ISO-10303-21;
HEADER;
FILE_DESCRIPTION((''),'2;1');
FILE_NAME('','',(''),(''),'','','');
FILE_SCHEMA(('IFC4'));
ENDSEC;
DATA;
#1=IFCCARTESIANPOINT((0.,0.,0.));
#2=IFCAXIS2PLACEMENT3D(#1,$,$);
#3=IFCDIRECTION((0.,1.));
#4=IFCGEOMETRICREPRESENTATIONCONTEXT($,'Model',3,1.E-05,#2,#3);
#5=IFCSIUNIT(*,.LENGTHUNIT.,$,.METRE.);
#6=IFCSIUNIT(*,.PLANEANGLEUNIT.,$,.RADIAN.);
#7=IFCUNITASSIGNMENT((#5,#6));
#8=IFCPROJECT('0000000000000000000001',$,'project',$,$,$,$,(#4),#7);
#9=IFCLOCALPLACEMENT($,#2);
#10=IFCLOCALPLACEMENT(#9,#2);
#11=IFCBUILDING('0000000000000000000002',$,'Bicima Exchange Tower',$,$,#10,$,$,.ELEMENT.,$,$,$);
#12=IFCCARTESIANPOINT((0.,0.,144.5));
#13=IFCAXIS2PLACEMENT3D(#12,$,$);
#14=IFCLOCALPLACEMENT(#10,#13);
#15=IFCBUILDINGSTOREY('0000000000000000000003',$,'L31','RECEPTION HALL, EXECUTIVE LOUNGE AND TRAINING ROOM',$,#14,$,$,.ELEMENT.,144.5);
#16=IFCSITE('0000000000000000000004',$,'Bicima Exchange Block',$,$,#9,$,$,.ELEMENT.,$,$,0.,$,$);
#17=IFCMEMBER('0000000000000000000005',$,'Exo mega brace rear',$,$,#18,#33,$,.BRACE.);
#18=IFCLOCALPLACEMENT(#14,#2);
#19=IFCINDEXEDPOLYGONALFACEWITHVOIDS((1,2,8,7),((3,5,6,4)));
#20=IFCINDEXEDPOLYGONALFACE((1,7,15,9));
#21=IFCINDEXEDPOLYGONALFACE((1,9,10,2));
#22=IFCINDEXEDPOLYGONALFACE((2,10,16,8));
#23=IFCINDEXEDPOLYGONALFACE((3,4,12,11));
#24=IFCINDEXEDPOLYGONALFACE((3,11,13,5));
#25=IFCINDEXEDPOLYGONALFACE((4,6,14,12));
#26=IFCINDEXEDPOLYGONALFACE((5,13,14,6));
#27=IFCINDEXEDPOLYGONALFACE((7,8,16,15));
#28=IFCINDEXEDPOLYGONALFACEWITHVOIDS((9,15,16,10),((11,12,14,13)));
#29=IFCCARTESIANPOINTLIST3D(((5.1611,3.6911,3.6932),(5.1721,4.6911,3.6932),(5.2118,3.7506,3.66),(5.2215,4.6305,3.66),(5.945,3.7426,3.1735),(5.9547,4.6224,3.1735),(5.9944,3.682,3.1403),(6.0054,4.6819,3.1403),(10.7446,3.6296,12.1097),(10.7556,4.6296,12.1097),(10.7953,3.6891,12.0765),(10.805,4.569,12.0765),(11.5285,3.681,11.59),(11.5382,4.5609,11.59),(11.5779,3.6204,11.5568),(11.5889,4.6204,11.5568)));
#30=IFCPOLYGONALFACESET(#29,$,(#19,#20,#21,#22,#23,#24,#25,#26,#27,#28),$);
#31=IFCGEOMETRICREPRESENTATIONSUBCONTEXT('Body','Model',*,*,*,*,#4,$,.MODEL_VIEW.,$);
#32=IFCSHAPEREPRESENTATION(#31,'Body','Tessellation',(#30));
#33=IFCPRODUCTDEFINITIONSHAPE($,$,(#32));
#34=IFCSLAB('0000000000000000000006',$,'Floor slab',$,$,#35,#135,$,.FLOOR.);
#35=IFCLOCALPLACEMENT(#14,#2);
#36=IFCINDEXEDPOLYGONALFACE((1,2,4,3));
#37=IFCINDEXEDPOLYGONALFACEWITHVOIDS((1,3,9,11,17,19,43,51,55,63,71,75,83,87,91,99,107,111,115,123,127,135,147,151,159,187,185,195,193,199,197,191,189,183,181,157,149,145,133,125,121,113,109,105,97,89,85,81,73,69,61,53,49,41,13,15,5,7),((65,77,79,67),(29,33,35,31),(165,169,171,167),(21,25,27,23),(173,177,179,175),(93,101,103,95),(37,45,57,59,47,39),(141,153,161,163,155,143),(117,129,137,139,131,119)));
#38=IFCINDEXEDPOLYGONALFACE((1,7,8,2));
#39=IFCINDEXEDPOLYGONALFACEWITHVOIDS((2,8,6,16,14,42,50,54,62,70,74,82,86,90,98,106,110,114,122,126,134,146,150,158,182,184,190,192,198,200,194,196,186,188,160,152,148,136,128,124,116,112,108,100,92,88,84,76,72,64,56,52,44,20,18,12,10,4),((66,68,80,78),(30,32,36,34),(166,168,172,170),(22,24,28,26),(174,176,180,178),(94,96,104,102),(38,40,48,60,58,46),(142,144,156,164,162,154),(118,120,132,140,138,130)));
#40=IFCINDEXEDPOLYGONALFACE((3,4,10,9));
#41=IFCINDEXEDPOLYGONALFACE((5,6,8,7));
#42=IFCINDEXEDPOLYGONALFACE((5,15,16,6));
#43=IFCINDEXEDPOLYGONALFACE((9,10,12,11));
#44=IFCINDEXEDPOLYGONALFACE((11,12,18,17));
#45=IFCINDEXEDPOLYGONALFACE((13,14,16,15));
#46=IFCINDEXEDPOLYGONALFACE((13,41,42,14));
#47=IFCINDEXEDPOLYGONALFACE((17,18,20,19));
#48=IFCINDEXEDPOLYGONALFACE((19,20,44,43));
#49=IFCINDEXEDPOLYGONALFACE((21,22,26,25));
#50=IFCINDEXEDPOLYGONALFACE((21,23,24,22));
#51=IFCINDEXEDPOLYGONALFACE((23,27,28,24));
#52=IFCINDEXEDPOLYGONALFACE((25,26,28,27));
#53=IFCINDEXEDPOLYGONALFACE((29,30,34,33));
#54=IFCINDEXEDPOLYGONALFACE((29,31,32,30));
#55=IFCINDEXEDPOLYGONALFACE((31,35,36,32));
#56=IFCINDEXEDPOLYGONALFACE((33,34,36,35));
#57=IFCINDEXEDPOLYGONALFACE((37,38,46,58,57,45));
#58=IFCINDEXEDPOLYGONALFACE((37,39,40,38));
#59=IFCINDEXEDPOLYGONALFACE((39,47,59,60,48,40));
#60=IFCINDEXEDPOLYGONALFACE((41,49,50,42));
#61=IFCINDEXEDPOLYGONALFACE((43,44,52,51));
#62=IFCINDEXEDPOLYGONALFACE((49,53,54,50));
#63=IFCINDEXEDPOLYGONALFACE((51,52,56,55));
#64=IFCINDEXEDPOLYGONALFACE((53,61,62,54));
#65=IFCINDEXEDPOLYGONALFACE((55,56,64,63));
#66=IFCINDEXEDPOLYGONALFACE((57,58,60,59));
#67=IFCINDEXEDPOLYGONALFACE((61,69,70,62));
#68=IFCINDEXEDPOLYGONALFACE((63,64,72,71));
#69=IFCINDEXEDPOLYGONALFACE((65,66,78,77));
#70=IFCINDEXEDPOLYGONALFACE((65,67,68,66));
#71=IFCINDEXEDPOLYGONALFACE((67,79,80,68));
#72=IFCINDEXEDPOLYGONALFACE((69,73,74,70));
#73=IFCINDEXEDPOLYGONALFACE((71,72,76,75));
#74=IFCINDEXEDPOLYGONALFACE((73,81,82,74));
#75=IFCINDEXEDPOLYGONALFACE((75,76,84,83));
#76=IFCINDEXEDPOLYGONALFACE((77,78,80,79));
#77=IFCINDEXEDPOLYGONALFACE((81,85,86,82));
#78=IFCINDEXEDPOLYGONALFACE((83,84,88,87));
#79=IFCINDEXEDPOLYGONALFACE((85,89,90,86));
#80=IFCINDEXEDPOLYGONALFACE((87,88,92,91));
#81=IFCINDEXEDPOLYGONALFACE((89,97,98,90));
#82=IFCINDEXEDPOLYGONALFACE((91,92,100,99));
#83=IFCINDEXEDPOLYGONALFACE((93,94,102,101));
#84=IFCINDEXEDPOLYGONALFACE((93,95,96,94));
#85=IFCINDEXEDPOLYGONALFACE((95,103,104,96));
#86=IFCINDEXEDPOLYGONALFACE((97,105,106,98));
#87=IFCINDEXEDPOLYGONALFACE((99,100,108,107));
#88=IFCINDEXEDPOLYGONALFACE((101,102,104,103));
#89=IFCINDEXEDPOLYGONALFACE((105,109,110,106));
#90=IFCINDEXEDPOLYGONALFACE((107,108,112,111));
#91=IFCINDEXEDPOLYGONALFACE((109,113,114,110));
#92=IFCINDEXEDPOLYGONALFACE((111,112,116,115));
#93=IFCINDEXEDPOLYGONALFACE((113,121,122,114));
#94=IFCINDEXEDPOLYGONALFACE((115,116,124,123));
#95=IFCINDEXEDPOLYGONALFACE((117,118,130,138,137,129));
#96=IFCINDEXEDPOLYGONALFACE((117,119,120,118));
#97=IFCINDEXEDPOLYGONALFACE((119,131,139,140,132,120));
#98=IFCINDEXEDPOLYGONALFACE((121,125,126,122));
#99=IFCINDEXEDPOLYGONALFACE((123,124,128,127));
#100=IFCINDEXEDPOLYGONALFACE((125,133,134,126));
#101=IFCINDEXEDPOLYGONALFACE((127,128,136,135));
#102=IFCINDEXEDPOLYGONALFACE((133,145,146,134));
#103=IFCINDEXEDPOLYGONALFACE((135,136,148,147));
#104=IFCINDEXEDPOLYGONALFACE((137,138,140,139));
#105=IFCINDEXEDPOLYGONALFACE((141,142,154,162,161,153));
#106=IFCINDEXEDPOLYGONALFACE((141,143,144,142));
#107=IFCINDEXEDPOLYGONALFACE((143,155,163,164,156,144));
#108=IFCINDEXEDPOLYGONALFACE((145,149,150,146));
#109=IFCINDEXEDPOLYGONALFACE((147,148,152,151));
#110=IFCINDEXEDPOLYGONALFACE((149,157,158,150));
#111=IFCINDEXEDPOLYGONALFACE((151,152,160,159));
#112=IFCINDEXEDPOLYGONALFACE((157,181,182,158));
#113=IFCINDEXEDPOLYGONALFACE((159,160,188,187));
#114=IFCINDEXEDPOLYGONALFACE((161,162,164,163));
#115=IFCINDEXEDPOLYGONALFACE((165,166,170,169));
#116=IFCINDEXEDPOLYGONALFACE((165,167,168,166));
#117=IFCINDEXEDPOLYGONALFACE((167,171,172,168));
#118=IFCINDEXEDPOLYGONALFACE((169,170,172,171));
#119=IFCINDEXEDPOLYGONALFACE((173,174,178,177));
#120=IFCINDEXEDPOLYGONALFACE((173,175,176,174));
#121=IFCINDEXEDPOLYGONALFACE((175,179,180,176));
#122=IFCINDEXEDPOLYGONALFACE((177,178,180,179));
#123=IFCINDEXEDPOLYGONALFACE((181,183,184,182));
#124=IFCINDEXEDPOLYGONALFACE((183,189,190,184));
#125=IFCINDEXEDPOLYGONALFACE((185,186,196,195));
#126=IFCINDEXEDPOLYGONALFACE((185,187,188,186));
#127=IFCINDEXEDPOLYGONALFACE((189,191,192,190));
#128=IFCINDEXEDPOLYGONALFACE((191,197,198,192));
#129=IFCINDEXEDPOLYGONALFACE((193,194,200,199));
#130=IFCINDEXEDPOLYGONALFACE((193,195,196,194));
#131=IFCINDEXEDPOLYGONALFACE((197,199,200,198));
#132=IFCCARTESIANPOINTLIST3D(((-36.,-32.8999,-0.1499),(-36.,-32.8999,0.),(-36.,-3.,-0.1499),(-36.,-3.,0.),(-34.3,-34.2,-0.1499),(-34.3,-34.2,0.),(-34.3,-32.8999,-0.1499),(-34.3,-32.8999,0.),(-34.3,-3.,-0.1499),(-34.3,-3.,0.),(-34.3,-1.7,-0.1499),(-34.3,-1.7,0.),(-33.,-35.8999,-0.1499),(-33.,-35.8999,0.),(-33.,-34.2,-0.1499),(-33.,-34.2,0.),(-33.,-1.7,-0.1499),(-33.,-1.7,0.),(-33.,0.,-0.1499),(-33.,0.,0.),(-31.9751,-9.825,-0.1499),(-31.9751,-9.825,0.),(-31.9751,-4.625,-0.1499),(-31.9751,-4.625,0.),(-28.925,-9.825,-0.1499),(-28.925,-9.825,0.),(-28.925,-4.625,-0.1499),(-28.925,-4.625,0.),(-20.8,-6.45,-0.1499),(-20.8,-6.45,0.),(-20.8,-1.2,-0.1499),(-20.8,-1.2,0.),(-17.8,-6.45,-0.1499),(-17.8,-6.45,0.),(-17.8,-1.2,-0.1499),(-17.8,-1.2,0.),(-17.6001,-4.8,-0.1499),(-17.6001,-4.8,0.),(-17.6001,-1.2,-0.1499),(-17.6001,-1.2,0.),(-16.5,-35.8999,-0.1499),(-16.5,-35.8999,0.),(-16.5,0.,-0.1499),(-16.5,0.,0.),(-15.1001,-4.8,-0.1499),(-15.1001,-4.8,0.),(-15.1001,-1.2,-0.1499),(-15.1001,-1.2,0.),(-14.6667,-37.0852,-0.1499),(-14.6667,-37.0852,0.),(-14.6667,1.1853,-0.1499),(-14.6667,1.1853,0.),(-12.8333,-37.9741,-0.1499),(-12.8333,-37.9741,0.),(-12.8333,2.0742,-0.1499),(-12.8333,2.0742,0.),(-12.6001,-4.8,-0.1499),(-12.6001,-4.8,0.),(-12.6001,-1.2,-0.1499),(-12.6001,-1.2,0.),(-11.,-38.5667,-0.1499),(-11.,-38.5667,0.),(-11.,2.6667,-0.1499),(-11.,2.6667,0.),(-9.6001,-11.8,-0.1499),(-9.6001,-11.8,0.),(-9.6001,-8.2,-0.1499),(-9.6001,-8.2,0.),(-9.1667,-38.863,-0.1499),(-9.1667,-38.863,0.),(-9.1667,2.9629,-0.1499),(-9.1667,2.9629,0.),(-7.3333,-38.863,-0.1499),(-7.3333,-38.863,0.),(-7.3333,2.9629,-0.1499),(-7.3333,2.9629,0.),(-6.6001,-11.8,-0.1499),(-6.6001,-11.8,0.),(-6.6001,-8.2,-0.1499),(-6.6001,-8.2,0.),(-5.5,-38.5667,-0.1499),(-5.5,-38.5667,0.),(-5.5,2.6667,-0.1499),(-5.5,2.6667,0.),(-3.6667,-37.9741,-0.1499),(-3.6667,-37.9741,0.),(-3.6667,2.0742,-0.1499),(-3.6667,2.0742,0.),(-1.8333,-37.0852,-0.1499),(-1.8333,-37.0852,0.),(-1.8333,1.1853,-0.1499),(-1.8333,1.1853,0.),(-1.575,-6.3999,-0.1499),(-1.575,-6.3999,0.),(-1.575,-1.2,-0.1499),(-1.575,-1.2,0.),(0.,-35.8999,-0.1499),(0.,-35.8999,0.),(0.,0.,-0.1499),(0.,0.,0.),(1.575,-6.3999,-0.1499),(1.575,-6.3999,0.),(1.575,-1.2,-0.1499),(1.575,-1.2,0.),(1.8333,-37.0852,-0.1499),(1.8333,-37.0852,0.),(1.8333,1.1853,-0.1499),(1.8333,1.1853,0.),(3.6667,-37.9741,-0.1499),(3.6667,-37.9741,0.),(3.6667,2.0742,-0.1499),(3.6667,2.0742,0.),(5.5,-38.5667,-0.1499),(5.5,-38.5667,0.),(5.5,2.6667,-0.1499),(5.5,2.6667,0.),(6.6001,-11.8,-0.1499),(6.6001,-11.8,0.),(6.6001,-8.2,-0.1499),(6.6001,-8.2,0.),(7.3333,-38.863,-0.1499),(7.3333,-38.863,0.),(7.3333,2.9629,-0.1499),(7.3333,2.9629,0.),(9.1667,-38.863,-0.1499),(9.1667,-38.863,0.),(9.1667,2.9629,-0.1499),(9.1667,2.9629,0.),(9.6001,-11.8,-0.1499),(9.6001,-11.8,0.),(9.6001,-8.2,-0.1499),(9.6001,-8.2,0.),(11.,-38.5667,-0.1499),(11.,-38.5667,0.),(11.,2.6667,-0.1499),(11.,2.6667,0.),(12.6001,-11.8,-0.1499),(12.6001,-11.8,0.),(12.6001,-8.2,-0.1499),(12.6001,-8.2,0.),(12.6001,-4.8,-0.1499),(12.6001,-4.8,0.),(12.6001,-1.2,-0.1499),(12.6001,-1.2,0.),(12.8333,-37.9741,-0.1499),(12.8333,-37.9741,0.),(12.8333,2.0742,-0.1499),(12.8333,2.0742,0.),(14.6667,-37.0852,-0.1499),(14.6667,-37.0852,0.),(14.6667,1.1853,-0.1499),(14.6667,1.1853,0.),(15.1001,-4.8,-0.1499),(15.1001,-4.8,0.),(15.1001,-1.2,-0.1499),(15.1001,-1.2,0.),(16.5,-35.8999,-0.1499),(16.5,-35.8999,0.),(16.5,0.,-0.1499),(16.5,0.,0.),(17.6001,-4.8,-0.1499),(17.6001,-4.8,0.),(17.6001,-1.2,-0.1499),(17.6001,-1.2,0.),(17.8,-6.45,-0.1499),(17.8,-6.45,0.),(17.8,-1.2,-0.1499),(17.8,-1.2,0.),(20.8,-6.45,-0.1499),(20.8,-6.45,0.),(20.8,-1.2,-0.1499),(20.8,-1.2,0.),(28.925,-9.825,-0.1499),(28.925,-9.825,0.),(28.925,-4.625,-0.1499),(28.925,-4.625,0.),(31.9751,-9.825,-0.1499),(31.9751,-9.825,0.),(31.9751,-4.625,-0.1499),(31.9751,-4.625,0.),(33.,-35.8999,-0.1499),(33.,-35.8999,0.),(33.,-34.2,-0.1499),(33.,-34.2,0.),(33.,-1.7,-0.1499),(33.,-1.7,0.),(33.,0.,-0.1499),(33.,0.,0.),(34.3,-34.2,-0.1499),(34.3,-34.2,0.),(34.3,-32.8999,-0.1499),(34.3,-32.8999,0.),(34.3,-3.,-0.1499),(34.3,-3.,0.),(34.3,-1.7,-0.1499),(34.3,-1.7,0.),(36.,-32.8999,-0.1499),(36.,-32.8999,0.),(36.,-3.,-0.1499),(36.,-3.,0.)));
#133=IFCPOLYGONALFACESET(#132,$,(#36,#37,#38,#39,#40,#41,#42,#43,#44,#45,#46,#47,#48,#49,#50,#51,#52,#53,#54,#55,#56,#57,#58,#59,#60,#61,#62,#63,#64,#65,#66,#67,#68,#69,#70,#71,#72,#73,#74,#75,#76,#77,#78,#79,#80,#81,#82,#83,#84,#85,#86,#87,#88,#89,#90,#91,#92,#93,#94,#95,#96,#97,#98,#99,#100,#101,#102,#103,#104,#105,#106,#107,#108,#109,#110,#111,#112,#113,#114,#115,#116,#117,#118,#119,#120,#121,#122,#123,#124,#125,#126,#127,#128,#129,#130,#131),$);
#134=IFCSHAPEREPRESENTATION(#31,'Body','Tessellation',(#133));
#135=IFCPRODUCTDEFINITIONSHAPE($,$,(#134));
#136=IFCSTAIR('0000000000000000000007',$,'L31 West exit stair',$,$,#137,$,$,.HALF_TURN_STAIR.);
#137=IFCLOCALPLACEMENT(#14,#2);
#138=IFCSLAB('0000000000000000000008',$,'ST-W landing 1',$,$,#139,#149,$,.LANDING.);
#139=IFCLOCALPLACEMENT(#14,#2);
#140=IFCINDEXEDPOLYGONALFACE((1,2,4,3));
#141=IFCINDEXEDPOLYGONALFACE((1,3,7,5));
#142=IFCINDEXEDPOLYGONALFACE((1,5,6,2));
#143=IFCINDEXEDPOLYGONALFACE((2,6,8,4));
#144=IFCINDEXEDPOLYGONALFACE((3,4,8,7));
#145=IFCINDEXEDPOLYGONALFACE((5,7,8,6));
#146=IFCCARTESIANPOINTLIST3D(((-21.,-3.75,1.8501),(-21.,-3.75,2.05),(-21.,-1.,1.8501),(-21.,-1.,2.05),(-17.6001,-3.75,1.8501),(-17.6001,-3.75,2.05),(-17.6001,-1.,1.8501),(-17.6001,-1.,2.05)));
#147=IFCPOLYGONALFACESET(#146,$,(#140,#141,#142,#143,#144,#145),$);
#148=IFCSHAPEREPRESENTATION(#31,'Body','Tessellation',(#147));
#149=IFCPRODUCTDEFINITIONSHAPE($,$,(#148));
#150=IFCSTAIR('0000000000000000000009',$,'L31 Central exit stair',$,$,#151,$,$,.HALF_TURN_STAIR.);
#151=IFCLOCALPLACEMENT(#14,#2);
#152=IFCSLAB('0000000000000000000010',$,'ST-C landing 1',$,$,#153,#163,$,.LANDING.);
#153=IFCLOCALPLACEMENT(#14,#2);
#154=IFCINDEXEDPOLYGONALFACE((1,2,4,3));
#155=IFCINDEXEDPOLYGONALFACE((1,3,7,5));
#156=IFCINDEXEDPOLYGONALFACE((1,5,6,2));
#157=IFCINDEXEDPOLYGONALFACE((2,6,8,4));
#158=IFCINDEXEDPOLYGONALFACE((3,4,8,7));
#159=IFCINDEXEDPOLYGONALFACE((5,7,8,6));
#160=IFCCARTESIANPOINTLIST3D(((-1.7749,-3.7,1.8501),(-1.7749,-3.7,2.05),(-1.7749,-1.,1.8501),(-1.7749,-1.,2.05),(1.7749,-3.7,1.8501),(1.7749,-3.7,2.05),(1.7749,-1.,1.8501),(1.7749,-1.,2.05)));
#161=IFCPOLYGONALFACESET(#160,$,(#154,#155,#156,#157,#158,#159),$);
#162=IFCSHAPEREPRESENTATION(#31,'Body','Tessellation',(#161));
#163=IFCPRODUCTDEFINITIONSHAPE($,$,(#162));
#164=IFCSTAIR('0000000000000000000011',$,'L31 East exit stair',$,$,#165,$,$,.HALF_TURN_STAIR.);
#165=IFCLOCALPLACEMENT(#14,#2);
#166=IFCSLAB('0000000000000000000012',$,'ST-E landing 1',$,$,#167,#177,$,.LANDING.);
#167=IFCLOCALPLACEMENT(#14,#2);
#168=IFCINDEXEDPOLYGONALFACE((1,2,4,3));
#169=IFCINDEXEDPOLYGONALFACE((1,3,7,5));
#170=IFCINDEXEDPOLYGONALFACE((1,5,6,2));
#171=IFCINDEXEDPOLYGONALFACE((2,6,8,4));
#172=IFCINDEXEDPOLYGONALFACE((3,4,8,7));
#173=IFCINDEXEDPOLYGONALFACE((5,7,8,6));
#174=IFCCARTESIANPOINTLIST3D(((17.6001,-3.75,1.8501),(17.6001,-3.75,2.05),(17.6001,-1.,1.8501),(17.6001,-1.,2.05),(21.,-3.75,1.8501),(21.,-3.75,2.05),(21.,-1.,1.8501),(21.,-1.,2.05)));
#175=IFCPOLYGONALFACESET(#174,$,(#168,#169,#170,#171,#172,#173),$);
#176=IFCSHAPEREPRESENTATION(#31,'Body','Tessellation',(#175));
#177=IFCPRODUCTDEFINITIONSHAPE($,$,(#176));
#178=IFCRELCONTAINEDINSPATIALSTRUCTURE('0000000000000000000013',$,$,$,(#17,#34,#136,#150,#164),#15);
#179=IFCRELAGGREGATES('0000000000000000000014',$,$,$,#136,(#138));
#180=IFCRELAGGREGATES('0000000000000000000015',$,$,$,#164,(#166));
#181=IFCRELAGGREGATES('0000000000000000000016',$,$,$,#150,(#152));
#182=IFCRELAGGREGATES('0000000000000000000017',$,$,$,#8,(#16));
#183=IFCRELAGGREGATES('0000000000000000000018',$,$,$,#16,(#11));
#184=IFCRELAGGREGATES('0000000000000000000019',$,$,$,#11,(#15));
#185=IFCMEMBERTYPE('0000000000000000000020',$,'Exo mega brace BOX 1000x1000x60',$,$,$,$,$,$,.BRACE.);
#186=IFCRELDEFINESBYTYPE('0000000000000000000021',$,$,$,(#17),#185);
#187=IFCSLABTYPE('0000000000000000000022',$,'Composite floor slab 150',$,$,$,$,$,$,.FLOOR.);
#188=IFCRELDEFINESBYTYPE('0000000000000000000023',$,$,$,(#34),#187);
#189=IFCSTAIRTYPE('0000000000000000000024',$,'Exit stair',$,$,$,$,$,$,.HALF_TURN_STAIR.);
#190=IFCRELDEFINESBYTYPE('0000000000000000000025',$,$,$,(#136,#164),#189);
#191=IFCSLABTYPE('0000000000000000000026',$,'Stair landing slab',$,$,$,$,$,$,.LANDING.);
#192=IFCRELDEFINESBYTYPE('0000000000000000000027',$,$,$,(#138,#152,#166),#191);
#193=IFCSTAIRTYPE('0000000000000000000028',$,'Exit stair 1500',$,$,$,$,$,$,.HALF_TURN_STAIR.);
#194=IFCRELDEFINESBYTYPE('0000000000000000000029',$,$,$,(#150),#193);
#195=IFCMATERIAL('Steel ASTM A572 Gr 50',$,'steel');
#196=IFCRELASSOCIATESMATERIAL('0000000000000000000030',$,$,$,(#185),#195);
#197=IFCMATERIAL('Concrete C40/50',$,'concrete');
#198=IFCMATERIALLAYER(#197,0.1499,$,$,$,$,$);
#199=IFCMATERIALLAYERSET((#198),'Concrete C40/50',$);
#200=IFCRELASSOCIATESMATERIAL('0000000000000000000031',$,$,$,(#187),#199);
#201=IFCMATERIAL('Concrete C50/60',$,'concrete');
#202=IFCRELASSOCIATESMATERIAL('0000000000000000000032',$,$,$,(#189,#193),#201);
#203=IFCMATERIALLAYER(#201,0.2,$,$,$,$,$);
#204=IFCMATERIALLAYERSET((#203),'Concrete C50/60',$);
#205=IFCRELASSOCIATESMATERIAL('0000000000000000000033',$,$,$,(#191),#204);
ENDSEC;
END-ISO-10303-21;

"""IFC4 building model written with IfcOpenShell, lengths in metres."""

from ifc_helpers import new_model, si_unit, direction, frame, origin, origin_2d, place, context, subcontext, project, spatial, polyline, hollow_rectangle, outline, extrude, material, layer, layer_set, material_profile, profile_set, type_object, element, aggregate, save


model = new_model("IFC4")

# Units and contexts
model_context = context("Model", 3, precision=1e-05, world=origin(), true_north=direction((0.0, 1.0)))
body_context = subcontext(model_context, "Body", "Model", "MODEL_VIEW")
ifc_project = project(units=[si_unit("LENGTHUNIT", "METRE"), si_unit("PLANEANGLEUNIT", "RADIAN")], contexts=[model_context])

# Site, building, storey
site_placement = place(None, origin())
site = spatial("IfcSite", under=ifc_project, at=site_placement, Name="Bicima Exchange Block", CompositionType="ELEMENT", RefElevation=0.0)
building_placement = place(site_placement, origin())
building = spatial("IfcBuilding", under=site, at=building_placement, Name="Bicima Exchange Tower", CompositionType="ELEMENT")
storey_placement = place(building_placement, frame((0.0, 0.0, 144.5)))
storey = spatial("IfcBuildingStorey", under=building, at=storey_placement, Name="L31", Description="RECEPTION HALL, EXECUTIVE LOUNGE AND TRAINING ROOM", CompositionType="ELEMENT", Elevation=144.5)

# Member
ifc_material_1 = material(Name="Steel ASTM A572 Gr 50", Category="steel")
ifc_material_profile = material_profile(ifc_material_1, hollow_rectangle(XDim=1.0, YDim=1.0, WallThickness=0.0601, at=origin_2d()))
ifc_profile_set = profile_set([ifc_material_profile], Name="Steel ASTM A572 Gr 50")
member_type = type_object("IfcMemberType", Name="Exo mega brace BOX 1000x1000x60", PredefinedType="BRACE", material=ifc_profile_set)
member_placement = place(storey_placement, frame((5.5833, 4.1865, 3.4167), z_axis=(0.552803, -0.006091, 0.83329), x_axis=(0.011018, 0.999939, 0.0)))
element("IfcMember", 1, at=member_placement, inside=storey, type_object=member_type, Name="Exo mega brace rear", PredefinedType="BRACE", context=body_context, shape_type="SweptSolid", body=[
    extrude(hollow_rectangle(XDim=1.0, YDim=1.0, WallThickness=0.0601, at=origin_2d()), origin(), (0.0, 0.0, 1.0), 10.1003),
])

# Slab
ifc_material_2 = material(Name="Concrete C40/50", Category="concrete")
ifc_layer_1 = layer(ifc_material_2, 0.1499)
ifc_layer_set_1 = layer_set([ifc_layer_1], Name="Concrete C40/50")
slab_type_1 = type_object("IfcSlabType", Name="Composite floor slab 150", PredefinedType="FLOOR", material=ifc_layer_set_1)
slab_1_placement = place(storey_placement, frame((0.0, 0.0, -0.1499)))
element("IfcSlab", 2, at=slab_1_placement, inside=storey, type_object=slab_type_1, Name="Floor slab", PredefinedType="FLOOR", context=body_context, shape_type="SweptSolid", body=[
    extrude(outline(polyline([(-36.0, -32.8999), (-36.0, -3.0), (-34.3, -3.0), (-34.3, -1.7), (-33.0, -1.7), (-33.0, 0.0), (-16.5, 0.0), (-14.6667, 1.1853), (-12.8333, 2.0742), (-11.0, 2.6667), (-9.1667, 2.9629), (-7.3333, 2.9629), (-5.5, 2.6667), (-3.6667, 2.0742), (-1.8333, 1.1853), (0.0, 0.0), (1.8333, 1.1853), (3.6667, 2.0742), (5.5, 2.6667), (7.3333, 2.9629), (9.1667, 2.9629), (11.0, 2.6667), (12.8333, 2.0742), (14.6667, 1.1853), (16.5, 0.0), (33.0, 0.0), (33.0, -1.7), (34.3, -1.7), (34.3, -3.0), (36.0, -3.0), (36.0, -32.8999), (34.3, -32.8999), (34.3, -34.2), (33.0, -34.2), (33.0, -35.8999), (16.5, -35.8999), (14.6667, -37.0852), (12.8333, -37.9741), (11.0, -38.5667), (9.1667, -38.863), (7.3333, -38.863), (5.5, -38.5667), (3.6667, -37.9741), (1.8333, -37.0852), (0.0, -35.8999), (-1.8333, -37.0852), (-3.6667, -37.9741), (-5.5, -38.5667), (-7.3333, -38.863), (-9.1667, -38.863), (-11.0, -38.5667), (-12.8333, -37.9741), (-14.6667, -37.0852), (-16.5, -35.8999), (-33.0, -35.8999), (-33.0, -34.2), (-34.3, -34.2), (-34.3, -32.8999), (-36.0, -32.8999)]), holes=[polyline([(-6.6001, -11.8), (-6.6001, -8.2), (-9.6001, -8.2), (-9.6001, -11.8), (-6.6001, -11.8)]), polyline([(-31.9751, -9.825), (-28.925, -9.825), (-28.925, -4.625), (-31.9751, -4.625), (-31.9751, -9.825)]), polyline([(-20.8, -6.45), (-17.8, -6.45), (-17.8, -1.2), (-20.8, -1.2), (-20.8, -6.45)]), polyline([(1.575, -6.3999), (1.575, -1.2), (-1.575, -1.2), (-1.575, -6.3999), (1.575, -6.3999)]), polyline([(-12.6001, -4.8), (-12.6001, -1.2), (-15.1001, -1.2), (-17.6001, -1.2), (-17.6001, -4.8), (-15.1001, -4.8), (-12.6001, -4.8)]), polyline([(12.6001, -8.2), (9.6001, -8.2), (6.6001, -8.2), (6.6001, -11.8), (9.6001, -11.8), (12.6001, -11.8), (12.6001, -8.2)]), polyline([(28.925, -9.825), (31.9751, -9.825), (31.9751, -4.625), (28.925, -4.625), (28.925, -9.825)]), polyline([(20.8, -6.45), (20.8, -1.2), (17.8, -1.2), (17.8, -6.45), (20.8, -6.45)]), polyline([(17.6001, -4.8), (17.6001, -1.2), (15.1001, -1.2), (12.6001, -1.2), (12.6001, -4.8), (15.1001, -4.8), (17.6001, -4.8)])]), origin(), (0.0, 0.0, 1.0), 0.1499),
])

# Stairs, slabs
ifc_material_3 = material(Name="Concrete C50/60", Category="concrete")
stair_type_1 = type_object("IfcStairType", Name="Exit stair", PredefinedType="HALF_TURN_STAIR", material=ifc_material_3)
stair_1_placement = place(storey_placement, origin())
stair_1 = element("IfcStair", 3, at=stair_1_placement, inside=storey, type_object=stair_type_1, Name="L31 West exit stair", PredefinedType="HALF_TURN_STAIR")
ifc_layer_2 = layer(ifc_material_3, 0.2)
ifc_layer_set_2 = layer_set([ifc_layer_2], Name="Concrete C50/60")
slab_type_2 = type_object("IfcSlabType", Name="Stair landing slab", PredefinedType="LANDING", material=ifc_layer_set_2)
slab_2_placement = place(storey_placement, frame((0.0, 0.0, 1.8501)))
slab_2 = element("IfcSlab", 4, at=slab_2_placement, type_object=slab_type_2, Name="ST-W landing 1", PredefinedType="LANDING", context=body_context, shape_type="SweptSolid", body=[
    extrude(outline(polyline([(-17.6001, -3.75), (-17.6001, -1.0), (-21.0, -1.0), (-21.0, -3.75), (-17.6001, -3.75)])), origin(), (0.0, 0.0, 1.0), 0.2),
])
aggregate(stair_1, [slab_2])
stair_type_2 = type_object("IfcStairType", Name="Exit stair 1500", PredefinedType="HALF_TURN_STAIR", material=ifc_material_3)
stair_2_placement = place(storey_placement, origin())
stair_2 = element("IfcStair", 5, at=stair_2_placement, inside=storey, type_object=stair_type_2, Name="L31 Central exit stair", PredefinedType="HALF_TURN_STAIR")
slab_3_placement = place(storey_placement, frame((0.0, 0.0, 1.8501)))
slab_3 = element("IfcSlab", 6, at=slab_3_placement, type_object=slab_type_2, Name="ST-C landing 1", PredefinedType="LANDING", context=body_context, shape_type="SweptSolid", body=[
    extrude(outline(polyline([(1.7749, -3.7), (1.7749, -1.0), (-1.7749, -1.0), (-1.7749, -3.7), (1.7749, -3.7)])), origin(), (0.0, 0.0, 1.0), 0.2),
])
stair_3_placement = place(storey_placement, origin())
stair_3 = element("IfcStair", 7, at=stair_3_placement, inside=storey, type_object=stair_type_1, Name="L31 East exit stair", PredefinedType="HALF_TURN_STAIR")
slab_4_placement = place(storey_placement, frame((0.0, 0.0, 1.8501)))
slab_4 = element("IfcSlab", 8, at=slab_4_placement, type_object=slab_type_2, Name="ST-E landing 1", PredefinedType="LANDING", context=body_context, shape_type="SweptSolid", body=[
    extrude(outline(polyline([(21.0, -3.75), (21.0, -1.0), (17.6001, -1.0), (17.6001, -3.75), (21.0, -3.75)])), origin(), (0.0, 0.0, 1.0), 0.2),
])
aggregate(stair_3, [slab_4])

aggregate(stair_2, [slab_3])

save(model, "model.ifc")
